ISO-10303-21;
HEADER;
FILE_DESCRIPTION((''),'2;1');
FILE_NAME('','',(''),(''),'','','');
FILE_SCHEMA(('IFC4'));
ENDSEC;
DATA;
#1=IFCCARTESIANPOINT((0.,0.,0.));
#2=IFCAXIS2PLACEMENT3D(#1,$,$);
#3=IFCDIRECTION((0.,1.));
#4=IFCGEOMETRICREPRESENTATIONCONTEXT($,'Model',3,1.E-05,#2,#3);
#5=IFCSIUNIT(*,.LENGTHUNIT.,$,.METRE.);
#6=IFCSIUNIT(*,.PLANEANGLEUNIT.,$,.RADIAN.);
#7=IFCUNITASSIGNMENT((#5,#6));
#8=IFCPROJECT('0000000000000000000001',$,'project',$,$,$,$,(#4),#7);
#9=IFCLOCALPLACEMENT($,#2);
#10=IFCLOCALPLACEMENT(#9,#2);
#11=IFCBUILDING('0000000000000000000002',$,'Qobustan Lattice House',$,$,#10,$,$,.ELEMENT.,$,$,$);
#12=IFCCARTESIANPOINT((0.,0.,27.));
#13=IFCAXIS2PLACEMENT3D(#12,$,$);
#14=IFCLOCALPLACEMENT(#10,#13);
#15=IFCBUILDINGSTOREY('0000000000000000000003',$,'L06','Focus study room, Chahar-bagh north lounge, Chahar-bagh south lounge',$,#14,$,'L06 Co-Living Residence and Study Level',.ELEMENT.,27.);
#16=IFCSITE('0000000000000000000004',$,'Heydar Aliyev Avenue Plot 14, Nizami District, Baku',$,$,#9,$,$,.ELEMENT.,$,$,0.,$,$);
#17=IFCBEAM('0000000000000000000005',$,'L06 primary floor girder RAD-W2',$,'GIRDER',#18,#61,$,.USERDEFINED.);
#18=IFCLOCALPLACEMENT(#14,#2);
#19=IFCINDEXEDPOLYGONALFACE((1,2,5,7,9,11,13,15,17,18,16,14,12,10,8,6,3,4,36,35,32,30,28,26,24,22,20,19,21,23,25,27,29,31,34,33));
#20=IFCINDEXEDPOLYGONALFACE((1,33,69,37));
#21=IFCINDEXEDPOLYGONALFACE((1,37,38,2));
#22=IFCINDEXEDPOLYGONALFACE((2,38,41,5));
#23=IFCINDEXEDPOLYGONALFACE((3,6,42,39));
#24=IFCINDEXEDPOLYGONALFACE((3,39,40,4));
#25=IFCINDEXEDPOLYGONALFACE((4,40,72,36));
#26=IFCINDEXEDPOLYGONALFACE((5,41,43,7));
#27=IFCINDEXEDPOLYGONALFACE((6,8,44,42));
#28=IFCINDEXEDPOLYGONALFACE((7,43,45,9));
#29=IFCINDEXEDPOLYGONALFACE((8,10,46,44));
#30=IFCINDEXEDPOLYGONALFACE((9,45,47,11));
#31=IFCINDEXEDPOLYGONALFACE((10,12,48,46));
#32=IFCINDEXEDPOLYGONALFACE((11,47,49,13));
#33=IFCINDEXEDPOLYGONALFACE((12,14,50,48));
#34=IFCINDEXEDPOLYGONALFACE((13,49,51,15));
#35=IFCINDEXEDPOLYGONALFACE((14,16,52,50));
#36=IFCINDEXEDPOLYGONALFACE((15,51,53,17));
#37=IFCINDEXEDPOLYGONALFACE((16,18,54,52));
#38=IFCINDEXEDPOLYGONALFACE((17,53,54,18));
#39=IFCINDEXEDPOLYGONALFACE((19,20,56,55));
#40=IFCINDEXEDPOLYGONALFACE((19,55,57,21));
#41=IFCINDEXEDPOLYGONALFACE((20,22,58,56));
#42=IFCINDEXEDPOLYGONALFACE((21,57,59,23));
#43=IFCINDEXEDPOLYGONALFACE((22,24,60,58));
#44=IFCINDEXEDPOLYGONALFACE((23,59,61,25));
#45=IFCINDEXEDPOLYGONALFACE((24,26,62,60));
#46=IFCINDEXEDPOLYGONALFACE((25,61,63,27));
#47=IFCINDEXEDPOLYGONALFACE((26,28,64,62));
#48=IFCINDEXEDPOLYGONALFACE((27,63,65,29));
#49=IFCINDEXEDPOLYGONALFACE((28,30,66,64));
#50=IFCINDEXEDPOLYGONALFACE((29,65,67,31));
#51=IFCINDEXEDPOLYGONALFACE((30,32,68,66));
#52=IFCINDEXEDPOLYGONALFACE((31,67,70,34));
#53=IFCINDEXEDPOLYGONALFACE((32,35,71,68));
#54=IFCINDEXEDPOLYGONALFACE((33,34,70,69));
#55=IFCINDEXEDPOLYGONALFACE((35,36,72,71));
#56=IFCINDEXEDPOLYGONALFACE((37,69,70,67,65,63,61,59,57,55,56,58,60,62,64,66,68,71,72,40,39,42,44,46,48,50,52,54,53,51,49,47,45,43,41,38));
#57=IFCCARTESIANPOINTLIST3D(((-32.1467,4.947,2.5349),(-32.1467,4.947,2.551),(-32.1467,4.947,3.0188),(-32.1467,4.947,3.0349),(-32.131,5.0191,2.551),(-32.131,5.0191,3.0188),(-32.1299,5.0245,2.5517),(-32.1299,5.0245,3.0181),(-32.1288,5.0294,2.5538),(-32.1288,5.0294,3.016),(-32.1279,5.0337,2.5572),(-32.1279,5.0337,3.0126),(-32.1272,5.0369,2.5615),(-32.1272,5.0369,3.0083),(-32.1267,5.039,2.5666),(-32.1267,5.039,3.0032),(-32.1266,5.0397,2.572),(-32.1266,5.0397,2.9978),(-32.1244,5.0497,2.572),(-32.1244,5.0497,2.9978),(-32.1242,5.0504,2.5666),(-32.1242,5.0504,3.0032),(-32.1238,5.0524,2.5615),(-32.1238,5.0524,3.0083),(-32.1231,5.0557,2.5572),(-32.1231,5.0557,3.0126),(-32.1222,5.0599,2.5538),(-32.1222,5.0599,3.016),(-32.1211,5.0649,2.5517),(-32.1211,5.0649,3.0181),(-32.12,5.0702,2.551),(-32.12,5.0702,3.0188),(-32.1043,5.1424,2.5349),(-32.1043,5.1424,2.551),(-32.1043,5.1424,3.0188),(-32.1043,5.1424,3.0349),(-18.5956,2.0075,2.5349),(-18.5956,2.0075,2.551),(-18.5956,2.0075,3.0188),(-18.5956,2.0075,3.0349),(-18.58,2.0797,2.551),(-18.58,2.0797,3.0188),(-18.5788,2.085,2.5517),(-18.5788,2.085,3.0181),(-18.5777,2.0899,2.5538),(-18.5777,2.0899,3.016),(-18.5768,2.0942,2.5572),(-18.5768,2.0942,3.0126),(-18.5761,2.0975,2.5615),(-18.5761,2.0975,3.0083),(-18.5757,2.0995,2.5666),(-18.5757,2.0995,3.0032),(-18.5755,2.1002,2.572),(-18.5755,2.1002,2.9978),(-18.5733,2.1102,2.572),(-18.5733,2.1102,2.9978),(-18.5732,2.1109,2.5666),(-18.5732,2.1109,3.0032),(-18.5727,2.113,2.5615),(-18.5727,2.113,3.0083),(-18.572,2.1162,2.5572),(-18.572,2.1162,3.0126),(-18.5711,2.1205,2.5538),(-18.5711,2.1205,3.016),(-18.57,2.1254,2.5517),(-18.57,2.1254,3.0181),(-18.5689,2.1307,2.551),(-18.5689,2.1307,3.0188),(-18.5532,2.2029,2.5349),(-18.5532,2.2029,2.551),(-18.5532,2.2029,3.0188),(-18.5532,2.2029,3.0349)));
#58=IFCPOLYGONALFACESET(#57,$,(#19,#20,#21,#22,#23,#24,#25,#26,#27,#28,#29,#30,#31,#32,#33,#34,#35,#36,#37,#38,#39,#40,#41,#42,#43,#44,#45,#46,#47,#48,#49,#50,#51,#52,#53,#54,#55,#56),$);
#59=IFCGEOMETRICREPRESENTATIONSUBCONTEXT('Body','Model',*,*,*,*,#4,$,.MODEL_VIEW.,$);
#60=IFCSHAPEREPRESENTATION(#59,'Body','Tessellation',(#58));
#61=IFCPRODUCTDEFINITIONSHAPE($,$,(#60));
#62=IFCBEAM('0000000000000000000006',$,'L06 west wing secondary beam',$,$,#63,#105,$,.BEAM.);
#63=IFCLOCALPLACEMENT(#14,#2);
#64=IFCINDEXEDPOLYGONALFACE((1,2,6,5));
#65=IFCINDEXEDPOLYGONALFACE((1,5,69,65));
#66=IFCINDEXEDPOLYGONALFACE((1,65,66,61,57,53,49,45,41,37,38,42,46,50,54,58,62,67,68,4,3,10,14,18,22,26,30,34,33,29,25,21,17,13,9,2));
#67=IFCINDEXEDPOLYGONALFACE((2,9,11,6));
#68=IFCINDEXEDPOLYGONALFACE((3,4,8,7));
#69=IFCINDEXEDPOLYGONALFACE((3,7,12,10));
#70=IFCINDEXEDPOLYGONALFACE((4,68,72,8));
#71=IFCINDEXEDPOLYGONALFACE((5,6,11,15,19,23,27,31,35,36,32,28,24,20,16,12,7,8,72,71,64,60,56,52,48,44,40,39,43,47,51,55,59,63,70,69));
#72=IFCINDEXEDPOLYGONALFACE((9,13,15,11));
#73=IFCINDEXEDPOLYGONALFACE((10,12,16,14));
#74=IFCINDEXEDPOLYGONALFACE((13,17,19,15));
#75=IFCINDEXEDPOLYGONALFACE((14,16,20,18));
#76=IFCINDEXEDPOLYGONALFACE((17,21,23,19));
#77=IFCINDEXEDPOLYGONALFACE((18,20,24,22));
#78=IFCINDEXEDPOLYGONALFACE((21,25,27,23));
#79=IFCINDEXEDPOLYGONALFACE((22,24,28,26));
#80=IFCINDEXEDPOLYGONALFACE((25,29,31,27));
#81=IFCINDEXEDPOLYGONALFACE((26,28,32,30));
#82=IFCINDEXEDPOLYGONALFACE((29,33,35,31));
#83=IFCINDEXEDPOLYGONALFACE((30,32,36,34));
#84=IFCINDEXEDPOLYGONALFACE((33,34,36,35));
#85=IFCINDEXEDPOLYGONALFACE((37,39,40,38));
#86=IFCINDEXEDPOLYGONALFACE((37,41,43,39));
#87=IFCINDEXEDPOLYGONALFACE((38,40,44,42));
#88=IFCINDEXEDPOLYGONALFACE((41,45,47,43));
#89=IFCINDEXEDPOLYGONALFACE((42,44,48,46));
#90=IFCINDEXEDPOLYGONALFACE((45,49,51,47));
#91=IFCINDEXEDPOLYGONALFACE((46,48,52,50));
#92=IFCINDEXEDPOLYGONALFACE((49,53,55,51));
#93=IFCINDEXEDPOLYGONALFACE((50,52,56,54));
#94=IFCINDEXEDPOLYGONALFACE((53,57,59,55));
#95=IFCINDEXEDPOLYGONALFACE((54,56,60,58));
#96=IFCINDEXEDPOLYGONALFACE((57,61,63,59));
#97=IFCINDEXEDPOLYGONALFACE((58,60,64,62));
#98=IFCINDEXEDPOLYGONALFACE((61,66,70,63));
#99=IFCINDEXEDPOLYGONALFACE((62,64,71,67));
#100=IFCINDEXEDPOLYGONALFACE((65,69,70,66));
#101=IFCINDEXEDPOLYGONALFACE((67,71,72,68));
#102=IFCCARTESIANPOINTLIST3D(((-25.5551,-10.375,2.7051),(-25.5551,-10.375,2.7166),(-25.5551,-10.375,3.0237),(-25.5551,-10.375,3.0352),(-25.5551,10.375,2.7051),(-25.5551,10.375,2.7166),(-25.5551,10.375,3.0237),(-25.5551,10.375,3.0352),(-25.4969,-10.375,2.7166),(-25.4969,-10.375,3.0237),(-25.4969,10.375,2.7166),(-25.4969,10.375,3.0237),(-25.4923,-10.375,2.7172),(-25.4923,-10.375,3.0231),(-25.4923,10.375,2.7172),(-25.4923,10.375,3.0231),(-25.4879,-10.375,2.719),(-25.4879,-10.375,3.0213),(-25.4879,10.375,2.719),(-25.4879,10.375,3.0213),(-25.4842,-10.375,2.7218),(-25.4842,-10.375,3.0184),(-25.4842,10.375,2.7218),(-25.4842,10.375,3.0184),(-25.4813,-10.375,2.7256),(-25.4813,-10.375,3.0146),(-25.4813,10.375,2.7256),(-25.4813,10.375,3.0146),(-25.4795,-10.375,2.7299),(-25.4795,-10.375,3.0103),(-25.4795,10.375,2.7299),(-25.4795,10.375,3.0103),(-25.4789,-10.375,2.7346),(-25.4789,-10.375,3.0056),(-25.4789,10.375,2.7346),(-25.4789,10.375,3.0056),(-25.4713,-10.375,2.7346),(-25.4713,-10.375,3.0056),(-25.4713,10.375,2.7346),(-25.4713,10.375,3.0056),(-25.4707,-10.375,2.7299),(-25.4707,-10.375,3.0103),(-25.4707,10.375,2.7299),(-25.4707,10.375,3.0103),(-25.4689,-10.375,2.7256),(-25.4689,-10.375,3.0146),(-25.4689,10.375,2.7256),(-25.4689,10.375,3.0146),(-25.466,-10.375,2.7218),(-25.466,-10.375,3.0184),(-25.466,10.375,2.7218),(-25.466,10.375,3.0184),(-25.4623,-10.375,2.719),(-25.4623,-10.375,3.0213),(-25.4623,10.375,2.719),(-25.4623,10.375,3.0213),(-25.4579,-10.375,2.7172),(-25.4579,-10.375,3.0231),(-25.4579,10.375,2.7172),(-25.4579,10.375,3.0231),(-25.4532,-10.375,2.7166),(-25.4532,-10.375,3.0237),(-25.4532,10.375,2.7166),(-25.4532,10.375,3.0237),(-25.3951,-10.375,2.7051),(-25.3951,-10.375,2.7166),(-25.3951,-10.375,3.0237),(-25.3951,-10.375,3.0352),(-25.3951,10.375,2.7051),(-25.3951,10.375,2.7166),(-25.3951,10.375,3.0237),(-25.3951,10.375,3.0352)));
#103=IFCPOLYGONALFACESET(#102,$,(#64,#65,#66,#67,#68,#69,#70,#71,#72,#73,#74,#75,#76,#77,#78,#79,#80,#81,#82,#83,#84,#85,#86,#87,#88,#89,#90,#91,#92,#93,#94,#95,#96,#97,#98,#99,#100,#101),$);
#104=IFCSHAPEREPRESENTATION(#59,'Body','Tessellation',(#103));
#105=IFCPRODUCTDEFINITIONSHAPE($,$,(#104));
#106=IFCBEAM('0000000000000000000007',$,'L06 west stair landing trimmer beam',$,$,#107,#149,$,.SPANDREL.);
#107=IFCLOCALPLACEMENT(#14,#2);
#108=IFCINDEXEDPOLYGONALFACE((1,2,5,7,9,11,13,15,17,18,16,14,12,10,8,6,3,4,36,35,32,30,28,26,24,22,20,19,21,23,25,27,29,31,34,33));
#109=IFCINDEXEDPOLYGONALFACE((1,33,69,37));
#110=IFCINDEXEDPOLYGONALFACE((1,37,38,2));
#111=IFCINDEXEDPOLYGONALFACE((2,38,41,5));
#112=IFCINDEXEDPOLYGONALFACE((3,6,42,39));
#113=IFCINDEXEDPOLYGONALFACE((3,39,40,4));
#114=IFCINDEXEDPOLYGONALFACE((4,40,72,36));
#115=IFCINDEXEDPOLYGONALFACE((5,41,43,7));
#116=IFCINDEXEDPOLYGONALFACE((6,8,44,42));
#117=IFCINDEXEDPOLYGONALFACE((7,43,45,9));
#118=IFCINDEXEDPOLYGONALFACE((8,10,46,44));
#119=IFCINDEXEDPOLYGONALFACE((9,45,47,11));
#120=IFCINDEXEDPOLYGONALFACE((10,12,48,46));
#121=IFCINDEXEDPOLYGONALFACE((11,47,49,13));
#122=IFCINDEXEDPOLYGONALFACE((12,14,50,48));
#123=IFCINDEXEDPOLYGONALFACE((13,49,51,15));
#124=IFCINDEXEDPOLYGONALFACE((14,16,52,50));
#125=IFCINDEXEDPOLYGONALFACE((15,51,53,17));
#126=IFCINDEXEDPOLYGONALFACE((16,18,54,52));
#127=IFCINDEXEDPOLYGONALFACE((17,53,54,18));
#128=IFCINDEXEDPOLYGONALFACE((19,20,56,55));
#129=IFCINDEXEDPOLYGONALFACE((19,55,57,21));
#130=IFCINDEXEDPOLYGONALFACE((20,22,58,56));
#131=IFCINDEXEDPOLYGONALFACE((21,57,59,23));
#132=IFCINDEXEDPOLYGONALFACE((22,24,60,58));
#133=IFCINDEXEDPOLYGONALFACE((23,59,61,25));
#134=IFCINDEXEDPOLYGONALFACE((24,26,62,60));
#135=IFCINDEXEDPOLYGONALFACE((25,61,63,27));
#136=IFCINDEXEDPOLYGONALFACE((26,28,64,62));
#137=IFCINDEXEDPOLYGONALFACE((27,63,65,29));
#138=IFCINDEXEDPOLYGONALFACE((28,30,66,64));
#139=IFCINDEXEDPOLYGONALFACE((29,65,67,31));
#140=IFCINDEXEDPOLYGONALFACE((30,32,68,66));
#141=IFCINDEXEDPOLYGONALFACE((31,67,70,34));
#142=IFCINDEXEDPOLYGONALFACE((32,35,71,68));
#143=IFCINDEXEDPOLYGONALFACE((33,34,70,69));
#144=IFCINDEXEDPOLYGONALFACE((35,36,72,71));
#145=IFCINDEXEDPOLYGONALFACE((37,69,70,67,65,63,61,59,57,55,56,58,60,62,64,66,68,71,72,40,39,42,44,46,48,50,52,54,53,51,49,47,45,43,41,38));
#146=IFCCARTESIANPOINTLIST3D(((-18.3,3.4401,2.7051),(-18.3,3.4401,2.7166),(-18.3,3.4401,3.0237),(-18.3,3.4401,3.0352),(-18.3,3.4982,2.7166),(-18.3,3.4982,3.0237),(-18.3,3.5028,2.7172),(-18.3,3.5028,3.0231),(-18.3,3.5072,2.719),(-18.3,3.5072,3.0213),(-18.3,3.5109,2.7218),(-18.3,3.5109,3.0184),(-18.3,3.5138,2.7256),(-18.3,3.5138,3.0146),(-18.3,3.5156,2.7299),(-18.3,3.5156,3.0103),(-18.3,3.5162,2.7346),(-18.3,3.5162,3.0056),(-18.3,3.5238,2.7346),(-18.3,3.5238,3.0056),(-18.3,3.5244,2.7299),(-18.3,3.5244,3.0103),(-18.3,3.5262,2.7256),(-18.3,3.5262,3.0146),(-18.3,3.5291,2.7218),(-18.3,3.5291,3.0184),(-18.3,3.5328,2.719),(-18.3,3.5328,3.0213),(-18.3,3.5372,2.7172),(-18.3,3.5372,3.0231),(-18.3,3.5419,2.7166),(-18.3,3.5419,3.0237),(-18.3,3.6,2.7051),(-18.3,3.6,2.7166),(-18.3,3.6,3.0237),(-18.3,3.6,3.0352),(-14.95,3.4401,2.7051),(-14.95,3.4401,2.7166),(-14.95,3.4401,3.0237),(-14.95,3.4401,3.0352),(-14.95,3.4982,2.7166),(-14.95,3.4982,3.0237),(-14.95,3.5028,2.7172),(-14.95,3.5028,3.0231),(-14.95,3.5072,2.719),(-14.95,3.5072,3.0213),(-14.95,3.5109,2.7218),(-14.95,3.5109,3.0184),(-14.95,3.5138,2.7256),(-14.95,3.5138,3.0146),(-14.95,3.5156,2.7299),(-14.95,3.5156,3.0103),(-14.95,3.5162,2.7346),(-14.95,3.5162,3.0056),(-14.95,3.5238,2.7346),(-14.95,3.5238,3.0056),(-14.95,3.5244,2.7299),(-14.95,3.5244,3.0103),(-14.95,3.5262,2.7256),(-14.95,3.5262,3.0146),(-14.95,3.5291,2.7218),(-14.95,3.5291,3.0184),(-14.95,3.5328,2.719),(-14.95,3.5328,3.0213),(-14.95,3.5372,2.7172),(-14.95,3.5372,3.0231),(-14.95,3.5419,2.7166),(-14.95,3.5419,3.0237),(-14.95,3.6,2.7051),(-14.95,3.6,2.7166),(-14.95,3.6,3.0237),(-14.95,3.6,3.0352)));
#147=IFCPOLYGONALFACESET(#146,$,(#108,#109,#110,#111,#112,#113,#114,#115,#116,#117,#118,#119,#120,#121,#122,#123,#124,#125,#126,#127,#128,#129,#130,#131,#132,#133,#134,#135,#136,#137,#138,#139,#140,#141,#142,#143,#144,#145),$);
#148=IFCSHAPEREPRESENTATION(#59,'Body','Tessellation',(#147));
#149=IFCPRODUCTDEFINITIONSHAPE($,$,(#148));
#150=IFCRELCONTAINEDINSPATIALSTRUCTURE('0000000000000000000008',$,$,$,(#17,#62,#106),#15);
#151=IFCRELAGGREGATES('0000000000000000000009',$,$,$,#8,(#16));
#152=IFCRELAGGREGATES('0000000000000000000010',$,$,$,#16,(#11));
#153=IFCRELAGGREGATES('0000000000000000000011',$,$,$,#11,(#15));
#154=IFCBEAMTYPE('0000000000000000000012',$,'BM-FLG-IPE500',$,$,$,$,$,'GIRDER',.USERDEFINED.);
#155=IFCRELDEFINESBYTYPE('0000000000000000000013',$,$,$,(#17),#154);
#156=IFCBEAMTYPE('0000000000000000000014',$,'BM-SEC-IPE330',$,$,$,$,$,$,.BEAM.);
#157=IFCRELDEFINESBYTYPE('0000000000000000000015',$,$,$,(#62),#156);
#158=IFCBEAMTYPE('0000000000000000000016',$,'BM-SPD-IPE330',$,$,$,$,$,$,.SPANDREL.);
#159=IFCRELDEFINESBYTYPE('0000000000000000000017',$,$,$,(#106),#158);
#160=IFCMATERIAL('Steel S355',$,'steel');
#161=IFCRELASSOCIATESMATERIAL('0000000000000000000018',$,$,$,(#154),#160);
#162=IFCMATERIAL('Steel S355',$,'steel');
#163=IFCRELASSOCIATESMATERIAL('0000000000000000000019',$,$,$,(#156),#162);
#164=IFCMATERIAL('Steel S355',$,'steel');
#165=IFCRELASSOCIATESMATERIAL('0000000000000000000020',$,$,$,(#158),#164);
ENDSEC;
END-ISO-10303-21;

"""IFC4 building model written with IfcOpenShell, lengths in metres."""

from ifc_helpers import new_model, si_unit, direction, frame, origin, origin_2d, place, context, subcontext, project, spatial, i_section, extrude, material, material_profile, profile_set, type_object, element, save


model = new_model("IFC4")

# Units and contexts
model_context = context("Model", 3, precision=1e-05, world=origin(), true_north=direction((0.0, 1.0)))
body_context = subcontext(model_context, "Body", "Model", "MODEL_VIEW")
ifc_project = project(units=[si_unit("LENGTHUNIT", "METRE"), si_unit("PLANEANGLEUNIT", "RADIAN")], contexts=[model_context])

# Site, building, storey
site_placement = place(None, origin())
site = spatial("IfcSite", under=ifc_project, at=site_placement, Name="Heydar Aliyev Avenue Plot 14, Nizami District, Baku", CompositionType="ELEMENT", RefElevation=0.0)
building_placement = place(site_placement, origin())
building = spatial("IfcBuilding", under=site, at=building_placement, Name="Qobustan Lattice House", CompositionType="ELEMENT")
storey_placement = place(building_placement, frame((0.0, 0.0, 27.0)))
storey = spatial("IfcBuildingStorey", under=building, at=storey_placement, Name="L06", Description="Focus study room, Chahar-bagh north lounge, Chahar-bagh south lounge", LongName="L06 Co-Living Residence and Study Level", CompositionType="ELEMENT", Elevation=27.0)

# Beams
ifc_material_1 = material(Name="Steel S355", Category="steel")
ifc_material_profile_1 = material_profile(ifc_material_1, i_section(OverallWidth=0.2, OverallDepth=0.5, WebThickness=0.0103, FlangeThickness=0.0161, FilletRadius=0.021, at=origin_2d()), Name="IPE500")
ifc_profile_set_1 = profile_set([ifc_material_profile_1], Name="Steel S355")
beam_type_1 = type_object("IfcBeamType", Name="BM-FLG-IPE500", ElementType="GIRDER", PredefinedType="USERDEFINED", material=ifc_profile_set_1)
beam_1_placement = place(storey_placement, frame((-32.1255, 5.0447, 2.7849), z_axis=(0.977272, -0.211987, 0.0), x_axis=(0.211987, 0.977272, 0.0)))
element("IfcBeam", 1, at=beam_1_placement, inside=storey, type_object=beam_type_1, Name="L06 primary floor girder RAD-W2", ObjectType="GIRDER", PredefinedType="USERDEFINED", context=body_context, shape_type="SweptSolid", body=[
    extrude(i_section(OverallWidth=0.2, OverallDepth=0.5, WebThickness=0.0103, FlangeThickness=0.0161, FilletRadius=0.021, at=origin_2d()), origin(), (0.0, 0.0, 1.0), 13.8662),
])
ifc_material_2 = material(Name="Steel S355", Category="steel")
ifc_material_profile_2 = material_profile(ifc_material_2, i_section(OverallWidth=0.1599, OverallDepth=0.3301, WebThickness=0.0076, FlangeThickness=0.0115, FilletRadius=0.0181, at=origin_2d()), Name="IPE330")
ifc_profile_set_2 = profile_set([ifc_material_profile_2], Name="Steel S355")
beam_type_2 = type_object("IfcBeamType", Name="BM-SEC-IPE330", PredefinedType="BEAM", material=ifc_profile_set_2)
beam_2_placement = place(storey_placement, frame((-25.4751, 10.375, 2.8701), z_axis=(0.0, -1.0, 0.0), x_axis=(1.0, 0.0, 0.0)))
element("IfcBeam", 2, at=beam_2_placement, inside=storey, type_object=beam_type_2, Name="L06 west wing secondary beam", PredefinedType="BEAM", context=body_context, shape_type="SweptSolid", body=[
    extrude(i_section(OverallWidth=0.1599, OverallDepth=0.3301, WebThickness=0.0076, FlangeThickness=0.0115, FilletRadius=0.0181, at=origin_2d()), origin(), (0.0, 0.0, 1.0), 20.75),
])
ifc_material_3 = material(Name="Steel S355", Category="steel")
ifc_material_profile_3 = material_profile(ifc_material_3, i_section(OverallWidth=0.1599, OverallDepth=0.3301, WebThickness=0.0076, FlangeThickness=0.0115, FilletRadius=0.0181, at=origin_2d()), Name="IPE330")
ifc_profile_set_3 = profile_set([ifc_material_profile_3], Name="Steel S355")
beam_type_3 = type_object("IfcBeamType", Name="BM-SPD-IPE330", PredefinedType="SPANDREL", material=ifc_profile_set_3)
beam_3_placement = place(storey_placement, frame((-18.3, 3.52, 2.8701), z_axis=(1.0, 0.0, 0.0), x_axis=(0.0, 1.0, 0.0)))
element("IfcBeam", 3, at=beam_3_placement, inside=storey, type_object=beam_type_3, Name="L06 west stair landing trimmer beam", PredefinedType="SPANDREL", context=body_context, shape_type="SweptSolid", body=[
    extrude(i_section(OverallWidth=0.1599, OverallDepth=0.3301, WebThickness=0.0076, FlangeThickness=0.0115, FilletRadius=0.0181, at=origin_2d()), origin(), (0.0, 0.0, 1.0), 3.3501),
])

save(model, "model.ifc")
